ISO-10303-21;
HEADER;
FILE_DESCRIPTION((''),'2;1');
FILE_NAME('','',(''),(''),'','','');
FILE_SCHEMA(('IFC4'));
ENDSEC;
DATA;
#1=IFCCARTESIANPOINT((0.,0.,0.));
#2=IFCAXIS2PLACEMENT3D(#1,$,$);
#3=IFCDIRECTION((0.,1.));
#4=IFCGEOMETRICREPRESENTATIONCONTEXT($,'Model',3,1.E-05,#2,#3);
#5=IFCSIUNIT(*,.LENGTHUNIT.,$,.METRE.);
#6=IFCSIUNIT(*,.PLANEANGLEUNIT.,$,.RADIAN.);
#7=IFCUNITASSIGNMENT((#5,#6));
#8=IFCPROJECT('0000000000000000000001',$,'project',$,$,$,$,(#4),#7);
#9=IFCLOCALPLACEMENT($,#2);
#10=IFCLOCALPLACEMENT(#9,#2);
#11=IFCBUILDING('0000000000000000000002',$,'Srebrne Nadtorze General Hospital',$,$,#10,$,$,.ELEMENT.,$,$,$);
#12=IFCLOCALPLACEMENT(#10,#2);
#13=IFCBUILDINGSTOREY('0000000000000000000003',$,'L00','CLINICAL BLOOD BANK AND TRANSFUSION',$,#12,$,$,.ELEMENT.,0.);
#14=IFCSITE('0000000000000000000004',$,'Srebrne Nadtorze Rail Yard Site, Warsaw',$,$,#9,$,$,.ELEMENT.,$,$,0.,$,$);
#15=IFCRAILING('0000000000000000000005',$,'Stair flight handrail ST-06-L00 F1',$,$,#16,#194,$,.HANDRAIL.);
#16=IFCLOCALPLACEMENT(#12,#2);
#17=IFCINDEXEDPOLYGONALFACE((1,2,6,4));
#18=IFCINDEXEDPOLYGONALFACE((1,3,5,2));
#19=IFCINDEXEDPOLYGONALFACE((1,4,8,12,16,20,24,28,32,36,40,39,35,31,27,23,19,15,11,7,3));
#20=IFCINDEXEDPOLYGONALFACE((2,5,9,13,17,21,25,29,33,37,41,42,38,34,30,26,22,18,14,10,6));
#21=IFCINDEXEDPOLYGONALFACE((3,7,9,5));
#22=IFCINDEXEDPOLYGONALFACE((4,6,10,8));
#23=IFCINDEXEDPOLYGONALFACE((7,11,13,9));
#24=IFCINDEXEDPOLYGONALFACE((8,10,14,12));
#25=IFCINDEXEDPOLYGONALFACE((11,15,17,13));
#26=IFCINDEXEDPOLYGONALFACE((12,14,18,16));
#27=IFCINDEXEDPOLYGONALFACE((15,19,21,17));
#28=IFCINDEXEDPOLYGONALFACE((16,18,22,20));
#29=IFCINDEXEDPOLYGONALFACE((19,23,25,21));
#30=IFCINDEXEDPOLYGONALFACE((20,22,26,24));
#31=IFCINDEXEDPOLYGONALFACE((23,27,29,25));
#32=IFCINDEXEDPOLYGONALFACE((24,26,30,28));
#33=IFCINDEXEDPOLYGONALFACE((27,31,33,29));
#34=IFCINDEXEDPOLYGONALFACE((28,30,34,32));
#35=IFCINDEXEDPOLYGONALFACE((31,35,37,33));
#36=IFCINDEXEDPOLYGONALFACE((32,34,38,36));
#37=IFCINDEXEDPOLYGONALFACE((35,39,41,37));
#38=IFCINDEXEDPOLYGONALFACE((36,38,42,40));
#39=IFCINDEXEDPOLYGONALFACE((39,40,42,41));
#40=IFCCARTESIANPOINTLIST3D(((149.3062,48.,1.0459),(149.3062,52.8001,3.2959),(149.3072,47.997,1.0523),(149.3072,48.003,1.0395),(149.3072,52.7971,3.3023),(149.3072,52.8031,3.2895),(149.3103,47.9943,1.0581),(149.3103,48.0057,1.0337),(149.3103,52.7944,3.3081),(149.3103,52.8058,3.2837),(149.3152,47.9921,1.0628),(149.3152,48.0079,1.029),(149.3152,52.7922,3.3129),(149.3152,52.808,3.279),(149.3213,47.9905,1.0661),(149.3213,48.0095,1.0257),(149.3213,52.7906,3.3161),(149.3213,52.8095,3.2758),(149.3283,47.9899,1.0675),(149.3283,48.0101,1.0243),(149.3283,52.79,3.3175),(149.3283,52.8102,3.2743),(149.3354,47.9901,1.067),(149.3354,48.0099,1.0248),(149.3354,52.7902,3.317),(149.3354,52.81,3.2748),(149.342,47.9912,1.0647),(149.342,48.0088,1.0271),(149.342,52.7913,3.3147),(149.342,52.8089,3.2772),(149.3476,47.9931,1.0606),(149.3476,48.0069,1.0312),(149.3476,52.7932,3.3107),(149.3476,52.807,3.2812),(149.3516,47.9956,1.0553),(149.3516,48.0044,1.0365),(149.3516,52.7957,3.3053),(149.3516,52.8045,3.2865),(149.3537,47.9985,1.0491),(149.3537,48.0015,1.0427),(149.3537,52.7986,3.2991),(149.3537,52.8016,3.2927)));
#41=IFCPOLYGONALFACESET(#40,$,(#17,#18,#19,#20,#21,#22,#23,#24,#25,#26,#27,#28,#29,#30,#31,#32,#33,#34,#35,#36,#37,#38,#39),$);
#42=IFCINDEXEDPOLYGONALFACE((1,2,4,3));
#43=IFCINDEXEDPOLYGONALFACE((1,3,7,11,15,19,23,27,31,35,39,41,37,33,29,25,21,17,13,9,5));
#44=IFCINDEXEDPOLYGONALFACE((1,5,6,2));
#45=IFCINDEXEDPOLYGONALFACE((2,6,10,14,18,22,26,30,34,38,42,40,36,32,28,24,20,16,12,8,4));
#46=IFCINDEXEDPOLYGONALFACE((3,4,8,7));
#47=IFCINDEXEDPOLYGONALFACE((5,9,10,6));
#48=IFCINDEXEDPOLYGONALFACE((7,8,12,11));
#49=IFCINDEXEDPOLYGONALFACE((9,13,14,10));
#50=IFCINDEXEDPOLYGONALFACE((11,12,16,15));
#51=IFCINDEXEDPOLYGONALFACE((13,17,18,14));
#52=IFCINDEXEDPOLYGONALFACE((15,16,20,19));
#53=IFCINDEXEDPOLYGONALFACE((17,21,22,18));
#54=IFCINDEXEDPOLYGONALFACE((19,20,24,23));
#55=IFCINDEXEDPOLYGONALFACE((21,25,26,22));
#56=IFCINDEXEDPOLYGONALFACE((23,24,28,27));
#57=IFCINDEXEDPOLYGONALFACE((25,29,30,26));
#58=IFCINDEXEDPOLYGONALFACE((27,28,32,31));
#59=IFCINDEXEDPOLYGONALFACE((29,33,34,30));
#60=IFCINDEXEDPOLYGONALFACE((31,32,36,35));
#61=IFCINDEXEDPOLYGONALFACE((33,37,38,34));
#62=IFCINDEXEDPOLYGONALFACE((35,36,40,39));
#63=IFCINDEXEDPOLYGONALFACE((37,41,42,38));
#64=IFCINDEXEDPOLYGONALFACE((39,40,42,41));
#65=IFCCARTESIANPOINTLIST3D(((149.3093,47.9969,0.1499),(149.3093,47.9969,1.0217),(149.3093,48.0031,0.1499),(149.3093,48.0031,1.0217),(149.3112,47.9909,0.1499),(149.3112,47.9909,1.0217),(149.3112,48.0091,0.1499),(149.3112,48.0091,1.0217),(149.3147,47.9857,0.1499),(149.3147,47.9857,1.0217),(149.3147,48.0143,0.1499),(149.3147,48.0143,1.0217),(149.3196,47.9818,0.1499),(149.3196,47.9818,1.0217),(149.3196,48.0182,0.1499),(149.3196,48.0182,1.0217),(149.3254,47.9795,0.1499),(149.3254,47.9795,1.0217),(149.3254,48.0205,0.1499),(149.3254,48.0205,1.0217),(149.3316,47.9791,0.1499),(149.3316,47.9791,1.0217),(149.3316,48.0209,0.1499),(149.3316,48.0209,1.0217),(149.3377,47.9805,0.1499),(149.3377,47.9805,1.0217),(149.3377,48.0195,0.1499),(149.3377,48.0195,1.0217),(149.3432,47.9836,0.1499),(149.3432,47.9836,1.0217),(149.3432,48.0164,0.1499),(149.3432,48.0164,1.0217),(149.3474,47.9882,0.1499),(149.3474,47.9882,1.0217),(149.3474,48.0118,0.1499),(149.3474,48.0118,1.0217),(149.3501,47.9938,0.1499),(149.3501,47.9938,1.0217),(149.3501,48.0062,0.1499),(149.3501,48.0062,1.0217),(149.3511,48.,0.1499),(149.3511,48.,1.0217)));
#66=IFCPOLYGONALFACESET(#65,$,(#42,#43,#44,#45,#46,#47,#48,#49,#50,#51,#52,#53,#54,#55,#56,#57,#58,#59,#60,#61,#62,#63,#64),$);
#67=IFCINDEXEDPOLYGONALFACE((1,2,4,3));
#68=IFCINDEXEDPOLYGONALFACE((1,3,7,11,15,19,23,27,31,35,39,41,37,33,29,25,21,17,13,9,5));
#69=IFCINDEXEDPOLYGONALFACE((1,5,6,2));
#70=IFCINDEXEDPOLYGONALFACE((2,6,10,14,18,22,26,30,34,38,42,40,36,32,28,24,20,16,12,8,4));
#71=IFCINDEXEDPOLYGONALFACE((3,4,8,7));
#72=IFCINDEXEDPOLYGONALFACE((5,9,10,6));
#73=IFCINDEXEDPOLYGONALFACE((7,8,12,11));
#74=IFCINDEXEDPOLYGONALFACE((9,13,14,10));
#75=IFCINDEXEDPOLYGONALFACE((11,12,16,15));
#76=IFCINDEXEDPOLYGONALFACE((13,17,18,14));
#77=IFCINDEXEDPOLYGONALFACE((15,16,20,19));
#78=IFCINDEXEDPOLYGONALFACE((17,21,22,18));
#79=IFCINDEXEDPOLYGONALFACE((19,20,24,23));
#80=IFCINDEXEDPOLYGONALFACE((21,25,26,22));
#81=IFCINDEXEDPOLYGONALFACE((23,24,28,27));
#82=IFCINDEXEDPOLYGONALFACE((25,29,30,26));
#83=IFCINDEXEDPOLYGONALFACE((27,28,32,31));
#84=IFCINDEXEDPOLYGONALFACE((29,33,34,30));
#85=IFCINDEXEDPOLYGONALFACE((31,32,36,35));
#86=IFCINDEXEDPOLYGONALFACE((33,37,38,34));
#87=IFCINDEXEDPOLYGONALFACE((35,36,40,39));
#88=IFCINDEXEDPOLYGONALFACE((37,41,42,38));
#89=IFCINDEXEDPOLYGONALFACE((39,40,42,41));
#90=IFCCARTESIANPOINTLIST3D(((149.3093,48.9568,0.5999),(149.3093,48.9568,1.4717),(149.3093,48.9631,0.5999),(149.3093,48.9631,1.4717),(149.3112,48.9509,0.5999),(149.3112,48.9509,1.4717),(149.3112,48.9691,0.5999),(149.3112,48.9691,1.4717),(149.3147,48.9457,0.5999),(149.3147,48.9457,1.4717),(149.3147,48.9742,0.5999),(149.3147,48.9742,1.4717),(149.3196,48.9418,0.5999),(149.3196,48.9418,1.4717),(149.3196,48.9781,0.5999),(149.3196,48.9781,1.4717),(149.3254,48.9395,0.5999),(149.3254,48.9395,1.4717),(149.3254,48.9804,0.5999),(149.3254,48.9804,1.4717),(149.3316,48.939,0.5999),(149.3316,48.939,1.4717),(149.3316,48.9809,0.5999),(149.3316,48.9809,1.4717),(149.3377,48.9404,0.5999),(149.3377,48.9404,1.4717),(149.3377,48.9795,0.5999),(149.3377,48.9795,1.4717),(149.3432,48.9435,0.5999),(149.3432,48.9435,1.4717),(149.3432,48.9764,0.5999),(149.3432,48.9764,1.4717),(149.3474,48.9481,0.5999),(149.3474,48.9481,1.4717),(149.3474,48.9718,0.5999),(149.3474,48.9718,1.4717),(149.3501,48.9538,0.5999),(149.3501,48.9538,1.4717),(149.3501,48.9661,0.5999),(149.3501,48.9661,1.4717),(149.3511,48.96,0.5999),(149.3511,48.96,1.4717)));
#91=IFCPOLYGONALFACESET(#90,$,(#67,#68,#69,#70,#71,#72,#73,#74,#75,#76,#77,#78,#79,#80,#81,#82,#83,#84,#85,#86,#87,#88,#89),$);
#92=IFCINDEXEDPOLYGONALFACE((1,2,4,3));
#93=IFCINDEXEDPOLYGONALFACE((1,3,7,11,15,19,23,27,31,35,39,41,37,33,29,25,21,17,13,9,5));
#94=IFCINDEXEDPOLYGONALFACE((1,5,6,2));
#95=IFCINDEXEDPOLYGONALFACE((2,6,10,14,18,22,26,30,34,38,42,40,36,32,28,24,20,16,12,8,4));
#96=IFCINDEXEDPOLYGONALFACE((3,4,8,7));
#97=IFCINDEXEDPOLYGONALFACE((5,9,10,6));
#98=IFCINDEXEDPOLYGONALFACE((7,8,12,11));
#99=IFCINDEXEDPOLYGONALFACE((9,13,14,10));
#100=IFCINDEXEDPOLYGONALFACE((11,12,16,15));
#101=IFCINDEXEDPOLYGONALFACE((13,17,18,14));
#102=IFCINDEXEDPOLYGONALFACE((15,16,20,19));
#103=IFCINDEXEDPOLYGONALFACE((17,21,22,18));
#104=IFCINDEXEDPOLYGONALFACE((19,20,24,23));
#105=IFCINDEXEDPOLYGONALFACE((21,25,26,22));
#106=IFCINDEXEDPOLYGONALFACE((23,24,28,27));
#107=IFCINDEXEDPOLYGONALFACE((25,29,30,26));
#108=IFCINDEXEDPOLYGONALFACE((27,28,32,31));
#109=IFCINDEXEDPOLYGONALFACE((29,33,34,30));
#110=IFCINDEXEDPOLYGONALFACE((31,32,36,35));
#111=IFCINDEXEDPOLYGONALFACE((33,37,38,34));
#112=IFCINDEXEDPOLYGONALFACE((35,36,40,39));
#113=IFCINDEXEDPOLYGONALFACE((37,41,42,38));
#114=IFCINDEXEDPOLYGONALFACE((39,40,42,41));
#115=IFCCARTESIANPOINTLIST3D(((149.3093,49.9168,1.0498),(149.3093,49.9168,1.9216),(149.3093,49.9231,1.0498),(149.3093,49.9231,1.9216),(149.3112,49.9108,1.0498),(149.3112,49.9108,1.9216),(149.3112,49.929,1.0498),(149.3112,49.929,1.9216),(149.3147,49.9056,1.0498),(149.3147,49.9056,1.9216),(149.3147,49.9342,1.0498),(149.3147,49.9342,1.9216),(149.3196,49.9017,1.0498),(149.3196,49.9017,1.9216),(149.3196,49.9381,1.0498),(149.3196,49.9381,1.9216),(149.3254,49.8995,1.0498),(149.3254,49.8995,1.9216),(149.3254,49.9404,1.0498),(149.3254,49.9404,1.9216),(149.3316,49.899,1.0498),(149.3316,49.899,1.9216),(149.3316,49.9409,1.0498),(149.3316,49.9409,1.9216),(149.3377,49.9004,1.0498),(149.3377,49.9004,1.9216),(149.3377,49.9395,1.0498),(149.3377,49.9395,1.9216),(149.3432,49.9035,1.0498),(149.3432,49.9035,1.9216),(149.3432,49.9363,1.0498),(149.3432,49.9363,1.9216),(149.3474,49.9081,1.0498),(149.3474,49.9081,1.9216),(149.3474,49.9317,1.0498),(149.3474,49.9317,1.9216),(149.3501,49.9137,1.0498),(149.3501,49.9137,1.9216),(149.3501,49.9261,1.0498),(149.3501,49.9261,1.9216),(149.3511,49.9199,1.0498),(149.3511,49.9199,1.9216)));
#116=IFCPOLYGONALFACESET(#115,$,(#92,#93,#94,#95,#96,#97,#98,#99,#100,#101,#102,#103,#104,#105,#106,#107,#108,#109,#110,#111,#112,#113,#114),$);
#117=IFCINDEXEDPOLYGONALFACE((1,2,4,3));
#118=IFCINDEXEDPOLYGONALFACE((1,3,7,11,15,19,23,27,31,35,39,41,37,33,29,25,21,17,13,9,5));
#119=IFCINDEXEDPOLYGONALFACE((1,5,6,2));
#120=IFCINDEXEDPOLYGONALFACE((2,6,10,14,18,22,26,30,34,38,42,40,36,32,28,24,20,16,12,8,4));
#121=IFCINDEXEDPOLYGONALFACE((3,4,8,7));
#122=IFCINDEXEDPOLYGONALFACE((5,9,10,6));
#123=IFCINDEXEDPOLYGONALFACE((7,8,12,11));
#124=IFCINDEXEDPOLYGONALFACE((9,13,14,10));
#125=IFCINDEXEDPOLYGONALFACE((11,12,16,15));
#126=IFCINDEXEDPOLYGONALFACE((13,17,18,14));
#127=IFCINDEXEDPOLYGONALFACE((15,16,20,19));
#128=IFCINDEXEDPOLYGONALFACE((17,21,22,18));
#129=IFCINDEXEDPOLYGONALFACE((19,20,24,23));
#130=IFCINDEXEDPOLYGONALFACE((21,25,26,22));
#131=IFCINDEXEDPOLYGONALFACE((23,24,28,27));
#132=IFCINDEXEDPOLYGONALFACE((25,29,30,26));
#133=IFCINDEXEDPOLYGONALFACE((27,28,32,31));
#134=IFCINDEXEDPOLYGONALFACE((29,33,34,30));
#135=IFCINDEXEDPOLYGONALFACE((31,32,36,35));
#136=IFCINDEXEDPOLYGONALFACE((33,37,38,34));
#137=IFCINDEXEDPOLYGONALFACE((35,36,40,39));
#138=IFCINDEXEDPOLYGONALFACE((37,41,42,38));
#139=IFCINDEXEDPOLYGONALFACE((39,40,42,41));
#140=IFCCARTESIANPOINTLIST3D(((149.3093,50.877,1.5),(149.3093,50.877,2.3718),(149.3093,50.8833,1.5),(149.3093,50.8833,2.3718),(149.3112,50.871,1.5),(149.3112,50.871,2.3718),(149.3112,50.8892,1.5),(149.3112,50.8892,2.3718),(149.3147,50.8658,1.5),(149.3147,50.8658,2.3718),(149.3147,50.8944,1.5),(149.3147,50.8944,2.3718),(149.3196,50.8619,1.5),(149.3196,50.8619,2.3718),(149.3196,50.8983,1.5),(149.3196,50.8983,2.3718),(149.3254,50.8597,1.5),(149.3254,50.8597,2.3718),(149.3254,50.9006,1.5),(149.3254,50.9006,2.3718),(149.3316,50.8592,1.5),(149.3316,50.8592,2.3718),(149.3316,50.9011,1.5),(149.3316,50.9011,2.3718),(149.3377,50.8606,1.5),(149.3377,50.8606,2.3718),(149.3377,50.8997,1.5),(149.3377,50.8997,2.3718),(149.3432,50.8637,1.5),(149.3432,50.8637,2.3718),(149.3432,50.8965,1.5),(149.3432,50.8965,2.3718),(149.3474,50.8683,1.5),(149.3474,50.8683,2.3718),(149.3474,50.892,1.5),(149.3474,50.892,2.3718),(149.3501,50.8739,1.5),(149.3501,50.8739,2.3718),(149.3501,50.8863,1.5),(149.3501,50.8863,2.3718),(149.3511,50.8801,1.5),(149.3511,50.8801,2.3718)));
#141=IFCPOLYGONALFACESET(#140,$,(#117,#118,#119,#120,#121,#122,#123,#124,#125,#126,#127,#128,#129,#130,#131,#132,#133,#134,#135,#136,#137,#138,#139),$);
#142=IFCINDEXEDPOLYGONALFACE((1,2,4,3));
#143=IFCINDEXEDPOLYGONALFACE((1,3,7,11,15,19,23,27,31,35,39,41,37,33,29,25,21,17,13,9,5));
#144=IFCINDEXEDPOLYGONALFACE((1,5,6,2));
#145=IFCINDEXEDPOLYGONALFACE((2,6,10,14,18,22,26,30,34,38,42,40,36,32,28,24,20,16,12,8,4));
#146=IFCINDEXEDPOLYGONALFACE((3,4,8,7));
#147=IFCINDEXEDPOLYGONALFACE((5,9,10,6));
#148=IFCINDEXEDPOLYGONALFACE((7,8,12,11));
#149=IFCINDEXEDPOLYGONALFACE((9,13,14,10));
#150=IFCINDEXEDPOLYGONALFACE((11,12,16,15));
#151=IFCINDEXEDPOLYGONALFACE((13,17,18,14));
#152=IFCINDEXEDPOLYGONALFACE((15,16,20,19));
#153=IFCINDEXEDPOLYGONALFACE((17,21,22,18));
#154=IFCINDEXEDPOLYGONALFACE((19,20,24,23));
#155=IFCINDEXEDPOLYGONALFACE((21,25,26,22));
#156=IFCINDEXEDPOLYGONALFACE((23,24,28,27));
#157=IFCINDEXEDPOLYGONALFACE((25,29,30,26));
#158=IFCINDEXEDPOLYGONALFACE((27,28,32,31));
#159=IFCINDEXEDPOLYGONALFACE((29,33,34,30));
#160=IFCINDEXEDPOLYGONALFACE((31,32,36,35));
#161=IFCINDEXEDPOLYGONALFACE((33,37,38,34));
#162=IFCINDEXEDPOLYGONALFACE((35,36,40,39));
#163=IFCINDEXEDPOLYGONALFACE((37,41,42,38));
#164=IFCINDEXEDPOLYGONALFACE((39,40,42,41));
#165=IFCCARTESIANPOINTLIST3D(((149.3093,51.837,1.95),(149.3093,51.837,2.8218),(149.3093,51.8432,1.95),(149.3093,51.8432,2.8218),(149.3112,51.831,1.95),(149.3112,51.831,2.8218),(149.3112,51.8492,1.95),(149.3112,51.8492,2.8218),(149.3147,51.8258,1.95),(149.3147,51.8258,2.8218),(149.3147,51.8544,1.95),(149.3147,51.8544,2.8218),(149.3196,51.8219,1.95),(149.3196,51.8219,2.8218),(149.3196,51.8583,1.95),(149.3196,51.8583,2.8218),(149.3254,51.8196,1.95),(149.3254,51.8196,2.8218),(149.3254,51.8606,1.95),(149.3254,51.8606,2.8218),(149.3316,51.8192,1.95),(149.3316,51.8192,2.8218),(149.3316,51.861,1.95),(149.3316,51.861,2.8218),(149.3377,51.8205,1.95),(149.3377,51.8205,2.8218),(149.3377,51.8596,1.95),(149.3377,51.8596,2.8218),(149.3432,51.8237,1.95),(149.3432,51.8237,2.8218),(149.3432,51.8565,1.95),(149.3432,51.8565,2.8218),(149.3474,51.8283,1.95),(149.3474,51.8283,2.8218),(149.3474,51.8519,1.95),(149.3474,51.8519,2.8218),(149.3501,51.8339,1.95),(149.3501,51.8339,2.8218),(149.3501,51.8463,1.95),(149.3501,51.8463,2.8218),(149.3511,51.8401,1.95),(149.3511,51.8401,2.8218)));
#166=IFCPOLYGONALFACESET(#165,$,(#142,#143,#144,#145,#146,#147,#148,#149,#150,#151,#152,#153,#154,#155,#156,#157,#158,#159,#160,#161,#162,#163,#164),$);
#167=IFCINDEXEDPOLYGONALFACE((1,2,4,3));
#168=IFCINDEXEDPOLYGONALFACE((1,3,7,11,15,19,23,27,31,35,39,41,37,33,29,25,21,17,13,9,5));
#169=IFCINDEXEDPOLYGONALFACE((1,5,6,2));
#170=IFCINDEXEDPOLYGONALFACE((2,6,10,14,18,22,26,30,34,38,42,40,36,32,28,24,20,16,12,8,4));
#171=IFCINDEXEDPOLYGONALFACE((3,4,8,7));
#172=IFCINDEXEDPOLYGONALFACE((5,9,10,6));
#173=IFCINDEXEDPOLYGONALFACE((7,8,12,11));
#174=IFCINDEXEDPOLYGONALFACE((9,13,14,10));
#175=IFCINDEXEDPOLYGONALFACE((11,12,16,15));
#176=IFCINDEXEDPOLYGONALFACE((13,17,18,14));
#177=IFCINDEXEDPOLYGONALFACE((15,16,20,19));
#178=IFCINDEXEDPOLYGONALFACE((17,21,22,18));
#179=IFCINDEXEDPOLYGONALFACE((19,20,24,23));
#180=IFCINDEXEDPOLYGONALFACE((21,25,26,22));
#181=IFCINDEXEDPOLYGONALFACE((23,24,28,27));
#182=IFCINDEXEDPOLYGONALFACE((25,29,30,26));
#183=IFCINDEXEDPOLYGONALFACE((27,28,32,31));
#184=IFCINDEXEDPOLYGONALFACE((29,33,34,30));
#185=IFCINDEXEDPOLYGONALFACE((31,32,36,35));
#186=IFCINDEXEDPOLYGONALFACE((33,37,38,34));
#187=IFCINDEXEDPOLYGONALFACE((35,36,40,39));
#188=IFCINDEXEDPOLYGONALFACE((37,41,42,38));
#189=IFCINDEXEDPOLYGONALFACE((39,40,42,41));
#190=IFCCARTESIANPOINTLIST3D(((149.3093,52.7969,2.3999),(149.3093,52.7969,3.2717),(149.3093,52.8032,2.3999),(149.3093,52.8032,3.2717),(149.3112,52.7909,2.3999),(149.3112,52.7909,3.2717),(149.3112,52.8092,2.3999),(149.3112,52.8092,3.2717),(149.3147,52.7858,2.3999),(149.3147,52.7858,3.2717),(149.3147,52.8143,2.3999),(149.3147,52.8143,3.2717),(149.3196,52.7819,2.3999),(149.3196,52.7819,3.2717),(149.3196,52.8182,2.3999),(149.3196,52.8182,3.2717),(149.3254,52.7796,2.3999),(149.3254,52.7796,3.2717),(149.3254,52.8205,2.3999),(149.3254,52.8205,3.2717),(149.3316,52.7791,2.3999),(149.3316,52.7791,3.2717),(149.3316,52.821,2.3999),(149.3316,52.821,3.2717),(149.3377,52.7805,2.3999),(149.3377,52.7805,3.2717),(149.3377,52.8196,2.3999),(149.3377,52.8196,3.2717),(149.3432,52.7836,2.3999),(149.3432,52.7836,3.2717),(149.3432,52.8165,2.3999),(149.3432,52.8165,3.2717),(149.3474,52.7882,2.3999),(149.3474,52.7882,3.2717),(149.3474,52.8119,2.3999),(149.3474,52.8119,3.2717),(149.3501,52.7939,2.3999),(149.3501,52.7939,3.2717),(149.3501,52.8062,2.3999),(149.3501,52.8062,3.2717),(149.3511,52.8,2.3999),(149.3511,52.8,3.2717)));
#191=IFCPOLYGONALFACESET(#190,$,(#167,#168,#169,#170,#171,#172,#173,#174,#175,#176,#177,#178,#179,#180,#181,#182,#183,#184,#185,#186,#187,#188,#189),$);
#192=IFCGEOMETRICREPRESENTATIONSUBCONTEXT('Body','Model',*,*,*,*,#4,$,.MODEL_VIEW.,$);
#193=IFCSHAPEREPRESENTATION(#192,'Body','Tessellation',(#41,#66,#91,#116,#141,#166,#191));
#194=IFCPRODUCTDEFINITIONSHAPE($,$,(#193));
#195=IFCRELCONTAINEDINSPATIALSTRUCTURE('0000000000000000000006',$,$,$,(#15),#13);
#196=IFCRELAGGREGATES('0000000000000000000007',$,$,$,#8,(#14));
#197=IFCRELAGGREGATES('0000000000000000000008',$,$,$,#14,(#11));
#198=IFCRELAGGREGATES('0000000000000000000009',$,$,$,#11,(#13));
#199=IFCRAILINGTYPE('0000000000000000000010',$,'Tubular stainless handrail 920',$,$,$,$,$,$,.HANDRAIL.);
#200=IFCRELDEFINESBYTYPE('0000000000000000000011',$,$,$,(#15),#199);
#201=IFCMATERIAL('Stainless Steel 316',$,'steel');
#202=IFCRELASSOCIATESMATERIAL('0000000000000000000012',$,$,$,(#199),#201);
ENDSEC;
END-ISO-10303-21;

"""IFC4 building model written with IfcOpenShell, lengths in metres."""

from ifc_helpers import new_model, si_unit, direction, frame, origin, origin_2d, place, context, subcontext, project, spatial, circle, extrude, material, type_object, element, save


model = new_model("IFC4")

# Units and contexts
model_context = context("Model", 3, precision=1e-05, world=origin(), true_north=direction((0.0, 1.0)))
body_context = subcontext(model_context, "Body", "Model", "MODEL_VIEW")
ifc_project = project(units=[si_unit("LENGTHUNIT", "METRE"), si_unit("PLANEANGLEUNIT", "RADIAN")], contexts=[model_context])

# Site, building, storey
site_placement = place(None, origin())
site = spatial("IfcSite", under=ifc_project, at=site_placement, Name="Srebrne Nadtorze Rail Yard Site, Warsaw", CompositionType="ELEMENT", RefElevation=0.0)
building_placement = place(site_placement, origin())
building = spatial("IfcBuilding", under=site, at=building_placement, Name="Srebrne Nadtorze General Hospital", CompositionType="ELEMENT")
storey_placement = place(building_placement, origin())
storey = spatial("IfcBuildingStorey", under=building, at=storey_placement, Name="L00", Description="CLINICAL BLOOD BANK AND TRANSFUSION", CompositionType="ELEMENT", Elevation=0.0)

# Railing
ifc_material_1 = material(Name="Stainless Steel 316", Category="steel")
railing_type_1 = type_object("IfcRailingType", Name="Tubular stainless handrail 920", PredefinedType="HANDRAIL", material=ifc_material_1)
railing_1_placement = place(storey_placement, frame((149.3301, 48.0, 0.1499)))
element("IfcRailing", 1, at=railing_1_placement, inside=storey, type_object=railing_type_1, Name="Stair flight handrail ST-06-L00 F1", PredefinedType="HANDRAIL", context=body_context, shape_type="SweptSolid", body=[
    extrude(circle(Radius=0.0239, at=origin_2d()), frame((0.0, 0.0, 0.896), z_axis=(0.0, 0.905461, 0.42443), x_axis=(-1.0, 0.0, 0.0)), (0.0, 0.0, 1.0), 5.3013),
    extrude(circle(Radius=0.021, at=origin_2d()), origin(), (0.0, 0.0, 1.0), 0.8718),
    extrude(circle(Radius=0.021, at=origin_2d()), frame((0.0, 0.96, 0.45)), (0.0, 0.0, 1.0), 0.8718),
    extrude(circle(Radius=0.021, at=origin_2d()), frame((0.0, 1.9199, 0.8999)), (0.0, 0.0, 1.0), 0.8718),
    extrude(circle(Radius=0.021, at=origin_2d()), frame((0.0, 2.8801, 1.3501)), (0.0, 0.0, 1.0), 0.8718),
    extrude(circle(Radius=0.021, at=origin_2d()), frame((0.0, 3.8401, 1.8)), (0.0, 0.0, 1.0), 0.8718),
    extrude(circle(Radius=0.021, at=origin_2d()), frame((0.0, 4.8, 2.25)), (0.0, 0.0, 1.0), 0.8718),
])

save(model, "model.ifc")
